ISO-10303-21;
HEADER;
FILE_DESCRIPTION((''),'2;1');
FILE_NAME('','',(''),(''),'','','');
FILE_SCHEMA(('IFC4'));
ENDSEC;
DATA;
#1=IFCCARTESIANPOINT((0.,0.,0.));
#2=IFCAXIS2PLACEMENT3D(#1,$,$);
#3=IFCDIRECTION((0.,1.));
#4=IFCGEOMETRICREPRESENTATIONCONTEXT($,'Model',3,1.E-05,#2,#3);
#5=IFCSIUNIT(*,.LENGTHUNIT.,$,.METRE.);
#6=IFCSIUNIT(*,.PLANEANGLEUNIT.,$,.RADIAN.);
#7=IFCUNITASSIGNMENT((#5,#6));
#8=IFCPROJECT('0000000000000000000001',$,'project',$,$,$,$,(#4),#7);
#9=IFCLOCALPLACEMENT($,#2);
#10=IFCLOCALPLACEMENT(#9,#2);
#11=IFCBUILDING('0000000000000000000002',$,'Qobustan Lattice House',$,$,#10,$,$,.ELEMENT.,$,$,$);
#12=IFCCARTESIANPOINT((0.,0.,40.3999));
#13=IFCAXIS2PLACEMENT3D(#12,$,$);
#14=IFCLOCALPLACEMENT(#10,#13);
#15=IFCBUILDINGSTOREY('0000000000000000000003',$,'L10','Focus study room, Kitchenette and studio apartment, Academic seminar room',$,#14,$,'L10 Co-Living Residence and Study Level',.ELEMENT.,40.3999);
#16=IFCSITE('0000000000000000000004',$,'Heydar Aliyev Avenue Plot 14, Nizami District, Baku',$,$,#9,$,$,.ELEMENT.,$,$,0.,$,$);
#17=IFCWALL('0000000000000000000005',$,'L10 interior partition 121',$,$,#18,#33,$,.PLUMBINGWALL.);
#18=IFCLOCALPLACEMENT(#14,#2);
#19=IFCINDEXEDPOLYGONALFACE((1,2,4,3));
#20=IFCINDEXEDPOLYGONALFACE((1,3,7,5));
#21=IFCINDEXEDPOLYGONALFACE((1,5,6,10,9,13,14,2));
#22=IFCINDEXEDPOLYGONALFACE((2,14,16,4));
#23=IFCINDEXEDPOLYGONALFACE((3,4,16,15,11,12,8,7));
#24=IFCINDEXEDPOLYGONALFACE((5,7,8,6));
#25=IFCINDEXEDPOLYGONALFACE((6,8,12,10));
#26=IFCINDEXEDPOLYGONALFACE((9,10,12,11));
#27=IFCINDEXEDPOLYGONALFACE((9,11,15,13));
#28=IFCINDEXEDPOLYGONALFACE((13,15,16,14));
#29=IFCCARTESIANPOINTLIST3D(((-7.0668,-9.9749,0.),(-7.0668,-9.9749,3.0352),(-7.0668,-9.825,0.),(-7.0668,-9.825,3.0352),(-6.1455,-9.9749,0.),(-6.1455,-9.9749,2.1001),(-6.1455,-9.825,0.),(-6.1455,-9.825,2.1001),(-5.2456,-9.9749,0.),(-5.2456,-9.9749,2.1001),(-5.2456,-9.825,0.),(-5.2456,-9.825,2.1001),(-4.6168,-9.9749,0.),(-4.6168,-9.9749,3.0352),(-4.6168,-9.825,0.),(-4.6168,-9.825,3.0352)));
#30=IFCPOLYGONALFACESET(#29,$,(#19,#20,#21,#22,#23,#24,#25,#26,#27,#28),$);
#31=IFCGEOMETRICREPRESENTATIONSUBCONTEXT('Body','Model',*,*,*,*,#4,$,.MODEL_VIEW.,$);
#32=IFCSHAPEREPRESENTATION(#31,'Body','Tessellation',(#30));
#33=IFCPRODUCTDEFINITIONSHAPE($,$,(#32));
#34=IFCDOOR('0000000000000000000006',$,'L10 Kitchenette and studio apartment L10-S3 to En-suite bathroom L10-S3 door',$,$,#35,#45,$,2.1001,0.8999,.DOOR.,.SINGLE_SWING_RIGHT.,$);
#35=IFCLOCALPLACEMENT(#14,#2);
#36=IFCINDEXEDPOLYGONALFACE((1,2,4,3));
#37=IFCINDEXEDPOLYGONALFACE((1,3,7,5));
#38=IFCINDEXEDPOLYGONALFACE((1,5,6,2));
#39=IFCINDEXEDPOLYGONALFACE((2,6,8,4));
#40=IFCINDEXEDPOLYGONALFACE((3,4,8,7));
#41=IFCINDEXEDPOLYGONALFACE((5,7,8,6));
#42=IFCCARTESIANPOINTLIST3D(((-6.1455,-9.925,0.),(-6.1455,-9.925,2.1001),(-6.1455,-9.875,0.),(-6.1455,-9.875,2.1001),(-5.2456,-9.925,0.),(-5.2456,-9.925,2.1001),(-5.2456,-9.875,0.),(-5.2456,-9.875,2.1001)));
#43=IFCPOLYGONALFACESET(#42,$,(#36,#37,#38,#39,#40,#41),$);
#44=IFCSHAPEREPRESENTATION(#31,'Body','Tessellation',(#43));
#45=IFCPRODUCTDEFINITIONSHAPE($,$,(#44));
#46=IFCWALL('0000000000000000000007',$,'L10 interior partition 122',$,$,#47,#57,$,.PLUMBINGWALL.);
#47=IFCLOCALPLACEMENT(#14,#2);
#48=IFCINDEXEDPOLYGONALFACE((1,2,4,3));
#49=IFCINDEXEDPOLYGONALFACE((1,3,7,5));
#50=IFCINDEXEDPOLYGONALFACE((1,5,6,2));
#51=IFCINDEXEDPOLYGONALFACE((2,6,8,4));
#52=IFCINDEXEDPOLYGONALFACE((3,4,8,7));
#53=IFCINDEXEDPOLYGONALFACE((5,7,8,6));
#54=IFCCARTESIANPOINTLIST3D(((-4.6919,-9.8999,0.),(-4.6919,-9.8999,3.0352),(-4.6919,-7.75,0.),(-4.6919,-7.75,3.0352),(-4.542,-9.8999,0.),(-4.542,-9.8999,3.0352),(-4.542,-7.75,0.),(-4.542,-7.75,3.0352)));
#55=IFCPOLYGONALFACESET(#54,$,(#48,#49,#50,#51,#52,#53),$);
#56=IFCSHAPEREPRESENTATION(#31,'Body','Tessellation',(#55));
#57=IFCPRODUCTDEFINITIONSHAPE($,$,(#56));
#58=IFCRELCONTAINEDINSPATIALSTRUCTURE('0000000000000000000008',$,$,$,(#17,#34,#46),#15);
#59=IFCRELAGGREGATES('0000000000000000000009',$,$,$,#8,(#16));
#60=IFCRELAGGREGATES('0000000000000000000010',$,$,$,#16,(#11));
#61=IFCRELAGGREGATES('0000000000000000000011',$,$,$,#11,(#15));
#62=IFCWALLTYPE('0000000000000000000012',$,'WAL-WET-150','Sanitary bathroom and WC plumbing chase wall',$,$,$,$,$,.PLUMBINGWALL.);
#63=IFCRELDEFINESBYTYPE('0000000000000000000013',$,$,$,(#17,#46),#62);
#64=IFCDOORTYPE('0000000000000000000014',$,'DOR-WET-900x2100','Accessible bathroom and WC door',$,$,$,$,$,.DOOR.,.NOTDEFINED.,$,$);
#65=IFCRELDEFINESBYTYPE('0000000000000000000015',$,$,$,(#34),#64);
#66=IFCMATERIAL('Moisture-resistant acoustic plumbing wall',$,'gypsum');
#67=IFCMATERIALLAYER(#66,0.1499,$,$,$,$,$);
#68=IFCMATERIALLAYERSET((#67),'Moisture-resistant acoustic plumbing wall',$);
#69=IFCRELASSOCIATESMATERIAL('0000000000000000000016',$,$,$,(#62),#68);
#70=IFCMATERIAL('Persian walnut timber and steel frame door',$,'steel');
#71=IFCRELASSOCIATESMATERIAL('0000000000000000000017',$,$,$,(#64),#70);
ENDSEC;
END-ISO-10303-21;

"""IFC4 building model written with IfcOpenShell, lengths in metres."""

from ifc_helpers import new_model, si_unit, direction, frame, frame_2d, origin, place, context, subcontext, project, spatial, rectangle, extrude, material, layer, layer_set, type_object, element, fill, save


model = new_model("IFC4")

# Units and contexts
model_context = context("Model", 3, precision=1e-05, world=origin(), true_north=direction((0.0, 1.0)))
body_context = subcontext(model_context, "Body", "Model", "MODEL_VIEW")
ifc_project = project(units=[si_unit("LENGTHUNIT", "METRE"), si_unit("PLANEANGLEUNIT", "RADIAN")], contexts=[model_context])

# Site, building, storey
site_placement = place(None, origin())
site = spatial("IfcSite", under=ifc_project, at=site_placement, Name="Heydar Aliyev Avenue Plot 14, Nizami District, Baku", CompositionType="ELEMENT", RefElevation=0.0)
building_placement = place(site_placement, origin())
building = spatial("IfcBuilding", under=site, at=building_placement, Name="Qobustan Lattice House", CompositionType="ELEMENT")
storey_placement = place(building_placement, frame((0.0, 0.0, 40.3999)))
storey = spatial("IfcBuildingStorey", under=building, at=storey_placement, Name="L10", Description="Focus study room, Kitchenette and studio apartment, Academic seminar room", LongName="L10 Co-Living Residence and Study Level", CompositionType="ELEMENT", Elevation=40.3999)

# Shared definitions
ifc_material_1 = material(Name="Moisture-resistant acoustic plumbing wall", Category="gypsum")
ifc_layer_1 = layer(ifc_material_1, 0.1499)
ifc_layer_set_1 = layer_set([ifc_layer_1], Name="Moisture-resistant acoustic plumbing wall")
wall_type_1 = type_object("IfcWallType", Name="WAL-WET-150", Description="Sanitary bathroom and WC plumbing chase wall", PredefinedType="PLUMBINGWALL", material=ifc_layer_set_1)

# Shared definitions
ifc_material_2 = material(Name="Persian walnut timber and steel frame door", Category="steel")
door_type_1 = type_object("IfcDoorType", Name="DOR-WET-900x2100", Description="Accessible bathroom and WC door", OperationType="NOTDEFINED", PredefinedType="DOOR", material=ifc_material_2)

# Wall, opening, door
wall_1_placement = place(storey_placement, frame((-7.0669, -9.8999, 0.0), z_axis=(0.0, 0.0, 1.0), x_axis=(1.0, 0.0, 0.0)))
wall_1 = element("IfcWall", 1, at=wall_1_placement, inside=storey, type_object=wall_type_1, Name="L10 interior partition 121", PredefinedType="PLUMBINGWALL", context=body_context, shape_type="SweptSolid", body=[
    extrude(rectangle(XDim=2.45, YDim=0.1499, at=frame_2d((1.2251, 0.0))), origin(), (0.0, 0.0, 1.0), 3.0352),
])
opening_1_placement = place(wall_1_placement, frame((0.9214, 0.0, 0.0)))
opening_1 = element("IfcOpeningElement", 2, at=opening_1_placement, cuts=wall_1, PredefinedType="OPENING", context=body_context, shape_type="SweptSolid", body=[
    extrude(rectangle(XDim=0.8999, YDim=2.1001, at=frame_2d((0.45, 1.05))), frame((0.0, 0.085, 0.0), z_axis=(0.0, -1.0, 0.0), x_axis=(1.0, 0.0, 0.0)), (0.0, 0.0, 1.0), 0.1699),
])
door_1_placement = place(opening_1_placement, origin())
door_1 = element("IfcDoor", 3, at=door_1_placement, inside=storey, type_object=door_type_1, Name="L10 Kitchenette and studio apartment L10-S3 to En-suite bathroom L10-S3 door", OperationType="SINGLE_SWING_RIGHT", OverallHeight=2.1001, OverallWidth=0.8999, PredefinedType="DOOR", context=body_context, shape_type="SweptSolid", body=[
    extrude(rectangle(XDim=0.8999, YDim=2.1001, at=frame_2d((0.45, 1.05))), frame((0.0, 0.0249, 0.0), z_axis=(0.0, -1.0, 0.0), x_axis=(1.0, 0.0, 0.0)), (0.0, 0.0, 1.0), 0.05),
])
fill(opening_1, door_1)

# Wall
wall_2_placement = place(storey_placement, frame((-4.6169, -9.8999, 0.0), z_axis=(0.0, 0.0, 1.0), x_axis=(0.0, 1.0, 0.0)))
element("IfcWall", 4, at=wall_2_placement, inside=storey, type_object=wall_type_1, Name="L10 interior partition 122", PredefinedType="PLUMBINGWALL", context=body_context, shape_type="SweptSolid", body=[
    extrude(rectangle(XDim=2.1499, YDim=0.1499, at=frame_2d((1.075, 0.0))), origin(), (0.0, 0.0, 1.0), 3.0352),
])

save(model, "model.ifc")
